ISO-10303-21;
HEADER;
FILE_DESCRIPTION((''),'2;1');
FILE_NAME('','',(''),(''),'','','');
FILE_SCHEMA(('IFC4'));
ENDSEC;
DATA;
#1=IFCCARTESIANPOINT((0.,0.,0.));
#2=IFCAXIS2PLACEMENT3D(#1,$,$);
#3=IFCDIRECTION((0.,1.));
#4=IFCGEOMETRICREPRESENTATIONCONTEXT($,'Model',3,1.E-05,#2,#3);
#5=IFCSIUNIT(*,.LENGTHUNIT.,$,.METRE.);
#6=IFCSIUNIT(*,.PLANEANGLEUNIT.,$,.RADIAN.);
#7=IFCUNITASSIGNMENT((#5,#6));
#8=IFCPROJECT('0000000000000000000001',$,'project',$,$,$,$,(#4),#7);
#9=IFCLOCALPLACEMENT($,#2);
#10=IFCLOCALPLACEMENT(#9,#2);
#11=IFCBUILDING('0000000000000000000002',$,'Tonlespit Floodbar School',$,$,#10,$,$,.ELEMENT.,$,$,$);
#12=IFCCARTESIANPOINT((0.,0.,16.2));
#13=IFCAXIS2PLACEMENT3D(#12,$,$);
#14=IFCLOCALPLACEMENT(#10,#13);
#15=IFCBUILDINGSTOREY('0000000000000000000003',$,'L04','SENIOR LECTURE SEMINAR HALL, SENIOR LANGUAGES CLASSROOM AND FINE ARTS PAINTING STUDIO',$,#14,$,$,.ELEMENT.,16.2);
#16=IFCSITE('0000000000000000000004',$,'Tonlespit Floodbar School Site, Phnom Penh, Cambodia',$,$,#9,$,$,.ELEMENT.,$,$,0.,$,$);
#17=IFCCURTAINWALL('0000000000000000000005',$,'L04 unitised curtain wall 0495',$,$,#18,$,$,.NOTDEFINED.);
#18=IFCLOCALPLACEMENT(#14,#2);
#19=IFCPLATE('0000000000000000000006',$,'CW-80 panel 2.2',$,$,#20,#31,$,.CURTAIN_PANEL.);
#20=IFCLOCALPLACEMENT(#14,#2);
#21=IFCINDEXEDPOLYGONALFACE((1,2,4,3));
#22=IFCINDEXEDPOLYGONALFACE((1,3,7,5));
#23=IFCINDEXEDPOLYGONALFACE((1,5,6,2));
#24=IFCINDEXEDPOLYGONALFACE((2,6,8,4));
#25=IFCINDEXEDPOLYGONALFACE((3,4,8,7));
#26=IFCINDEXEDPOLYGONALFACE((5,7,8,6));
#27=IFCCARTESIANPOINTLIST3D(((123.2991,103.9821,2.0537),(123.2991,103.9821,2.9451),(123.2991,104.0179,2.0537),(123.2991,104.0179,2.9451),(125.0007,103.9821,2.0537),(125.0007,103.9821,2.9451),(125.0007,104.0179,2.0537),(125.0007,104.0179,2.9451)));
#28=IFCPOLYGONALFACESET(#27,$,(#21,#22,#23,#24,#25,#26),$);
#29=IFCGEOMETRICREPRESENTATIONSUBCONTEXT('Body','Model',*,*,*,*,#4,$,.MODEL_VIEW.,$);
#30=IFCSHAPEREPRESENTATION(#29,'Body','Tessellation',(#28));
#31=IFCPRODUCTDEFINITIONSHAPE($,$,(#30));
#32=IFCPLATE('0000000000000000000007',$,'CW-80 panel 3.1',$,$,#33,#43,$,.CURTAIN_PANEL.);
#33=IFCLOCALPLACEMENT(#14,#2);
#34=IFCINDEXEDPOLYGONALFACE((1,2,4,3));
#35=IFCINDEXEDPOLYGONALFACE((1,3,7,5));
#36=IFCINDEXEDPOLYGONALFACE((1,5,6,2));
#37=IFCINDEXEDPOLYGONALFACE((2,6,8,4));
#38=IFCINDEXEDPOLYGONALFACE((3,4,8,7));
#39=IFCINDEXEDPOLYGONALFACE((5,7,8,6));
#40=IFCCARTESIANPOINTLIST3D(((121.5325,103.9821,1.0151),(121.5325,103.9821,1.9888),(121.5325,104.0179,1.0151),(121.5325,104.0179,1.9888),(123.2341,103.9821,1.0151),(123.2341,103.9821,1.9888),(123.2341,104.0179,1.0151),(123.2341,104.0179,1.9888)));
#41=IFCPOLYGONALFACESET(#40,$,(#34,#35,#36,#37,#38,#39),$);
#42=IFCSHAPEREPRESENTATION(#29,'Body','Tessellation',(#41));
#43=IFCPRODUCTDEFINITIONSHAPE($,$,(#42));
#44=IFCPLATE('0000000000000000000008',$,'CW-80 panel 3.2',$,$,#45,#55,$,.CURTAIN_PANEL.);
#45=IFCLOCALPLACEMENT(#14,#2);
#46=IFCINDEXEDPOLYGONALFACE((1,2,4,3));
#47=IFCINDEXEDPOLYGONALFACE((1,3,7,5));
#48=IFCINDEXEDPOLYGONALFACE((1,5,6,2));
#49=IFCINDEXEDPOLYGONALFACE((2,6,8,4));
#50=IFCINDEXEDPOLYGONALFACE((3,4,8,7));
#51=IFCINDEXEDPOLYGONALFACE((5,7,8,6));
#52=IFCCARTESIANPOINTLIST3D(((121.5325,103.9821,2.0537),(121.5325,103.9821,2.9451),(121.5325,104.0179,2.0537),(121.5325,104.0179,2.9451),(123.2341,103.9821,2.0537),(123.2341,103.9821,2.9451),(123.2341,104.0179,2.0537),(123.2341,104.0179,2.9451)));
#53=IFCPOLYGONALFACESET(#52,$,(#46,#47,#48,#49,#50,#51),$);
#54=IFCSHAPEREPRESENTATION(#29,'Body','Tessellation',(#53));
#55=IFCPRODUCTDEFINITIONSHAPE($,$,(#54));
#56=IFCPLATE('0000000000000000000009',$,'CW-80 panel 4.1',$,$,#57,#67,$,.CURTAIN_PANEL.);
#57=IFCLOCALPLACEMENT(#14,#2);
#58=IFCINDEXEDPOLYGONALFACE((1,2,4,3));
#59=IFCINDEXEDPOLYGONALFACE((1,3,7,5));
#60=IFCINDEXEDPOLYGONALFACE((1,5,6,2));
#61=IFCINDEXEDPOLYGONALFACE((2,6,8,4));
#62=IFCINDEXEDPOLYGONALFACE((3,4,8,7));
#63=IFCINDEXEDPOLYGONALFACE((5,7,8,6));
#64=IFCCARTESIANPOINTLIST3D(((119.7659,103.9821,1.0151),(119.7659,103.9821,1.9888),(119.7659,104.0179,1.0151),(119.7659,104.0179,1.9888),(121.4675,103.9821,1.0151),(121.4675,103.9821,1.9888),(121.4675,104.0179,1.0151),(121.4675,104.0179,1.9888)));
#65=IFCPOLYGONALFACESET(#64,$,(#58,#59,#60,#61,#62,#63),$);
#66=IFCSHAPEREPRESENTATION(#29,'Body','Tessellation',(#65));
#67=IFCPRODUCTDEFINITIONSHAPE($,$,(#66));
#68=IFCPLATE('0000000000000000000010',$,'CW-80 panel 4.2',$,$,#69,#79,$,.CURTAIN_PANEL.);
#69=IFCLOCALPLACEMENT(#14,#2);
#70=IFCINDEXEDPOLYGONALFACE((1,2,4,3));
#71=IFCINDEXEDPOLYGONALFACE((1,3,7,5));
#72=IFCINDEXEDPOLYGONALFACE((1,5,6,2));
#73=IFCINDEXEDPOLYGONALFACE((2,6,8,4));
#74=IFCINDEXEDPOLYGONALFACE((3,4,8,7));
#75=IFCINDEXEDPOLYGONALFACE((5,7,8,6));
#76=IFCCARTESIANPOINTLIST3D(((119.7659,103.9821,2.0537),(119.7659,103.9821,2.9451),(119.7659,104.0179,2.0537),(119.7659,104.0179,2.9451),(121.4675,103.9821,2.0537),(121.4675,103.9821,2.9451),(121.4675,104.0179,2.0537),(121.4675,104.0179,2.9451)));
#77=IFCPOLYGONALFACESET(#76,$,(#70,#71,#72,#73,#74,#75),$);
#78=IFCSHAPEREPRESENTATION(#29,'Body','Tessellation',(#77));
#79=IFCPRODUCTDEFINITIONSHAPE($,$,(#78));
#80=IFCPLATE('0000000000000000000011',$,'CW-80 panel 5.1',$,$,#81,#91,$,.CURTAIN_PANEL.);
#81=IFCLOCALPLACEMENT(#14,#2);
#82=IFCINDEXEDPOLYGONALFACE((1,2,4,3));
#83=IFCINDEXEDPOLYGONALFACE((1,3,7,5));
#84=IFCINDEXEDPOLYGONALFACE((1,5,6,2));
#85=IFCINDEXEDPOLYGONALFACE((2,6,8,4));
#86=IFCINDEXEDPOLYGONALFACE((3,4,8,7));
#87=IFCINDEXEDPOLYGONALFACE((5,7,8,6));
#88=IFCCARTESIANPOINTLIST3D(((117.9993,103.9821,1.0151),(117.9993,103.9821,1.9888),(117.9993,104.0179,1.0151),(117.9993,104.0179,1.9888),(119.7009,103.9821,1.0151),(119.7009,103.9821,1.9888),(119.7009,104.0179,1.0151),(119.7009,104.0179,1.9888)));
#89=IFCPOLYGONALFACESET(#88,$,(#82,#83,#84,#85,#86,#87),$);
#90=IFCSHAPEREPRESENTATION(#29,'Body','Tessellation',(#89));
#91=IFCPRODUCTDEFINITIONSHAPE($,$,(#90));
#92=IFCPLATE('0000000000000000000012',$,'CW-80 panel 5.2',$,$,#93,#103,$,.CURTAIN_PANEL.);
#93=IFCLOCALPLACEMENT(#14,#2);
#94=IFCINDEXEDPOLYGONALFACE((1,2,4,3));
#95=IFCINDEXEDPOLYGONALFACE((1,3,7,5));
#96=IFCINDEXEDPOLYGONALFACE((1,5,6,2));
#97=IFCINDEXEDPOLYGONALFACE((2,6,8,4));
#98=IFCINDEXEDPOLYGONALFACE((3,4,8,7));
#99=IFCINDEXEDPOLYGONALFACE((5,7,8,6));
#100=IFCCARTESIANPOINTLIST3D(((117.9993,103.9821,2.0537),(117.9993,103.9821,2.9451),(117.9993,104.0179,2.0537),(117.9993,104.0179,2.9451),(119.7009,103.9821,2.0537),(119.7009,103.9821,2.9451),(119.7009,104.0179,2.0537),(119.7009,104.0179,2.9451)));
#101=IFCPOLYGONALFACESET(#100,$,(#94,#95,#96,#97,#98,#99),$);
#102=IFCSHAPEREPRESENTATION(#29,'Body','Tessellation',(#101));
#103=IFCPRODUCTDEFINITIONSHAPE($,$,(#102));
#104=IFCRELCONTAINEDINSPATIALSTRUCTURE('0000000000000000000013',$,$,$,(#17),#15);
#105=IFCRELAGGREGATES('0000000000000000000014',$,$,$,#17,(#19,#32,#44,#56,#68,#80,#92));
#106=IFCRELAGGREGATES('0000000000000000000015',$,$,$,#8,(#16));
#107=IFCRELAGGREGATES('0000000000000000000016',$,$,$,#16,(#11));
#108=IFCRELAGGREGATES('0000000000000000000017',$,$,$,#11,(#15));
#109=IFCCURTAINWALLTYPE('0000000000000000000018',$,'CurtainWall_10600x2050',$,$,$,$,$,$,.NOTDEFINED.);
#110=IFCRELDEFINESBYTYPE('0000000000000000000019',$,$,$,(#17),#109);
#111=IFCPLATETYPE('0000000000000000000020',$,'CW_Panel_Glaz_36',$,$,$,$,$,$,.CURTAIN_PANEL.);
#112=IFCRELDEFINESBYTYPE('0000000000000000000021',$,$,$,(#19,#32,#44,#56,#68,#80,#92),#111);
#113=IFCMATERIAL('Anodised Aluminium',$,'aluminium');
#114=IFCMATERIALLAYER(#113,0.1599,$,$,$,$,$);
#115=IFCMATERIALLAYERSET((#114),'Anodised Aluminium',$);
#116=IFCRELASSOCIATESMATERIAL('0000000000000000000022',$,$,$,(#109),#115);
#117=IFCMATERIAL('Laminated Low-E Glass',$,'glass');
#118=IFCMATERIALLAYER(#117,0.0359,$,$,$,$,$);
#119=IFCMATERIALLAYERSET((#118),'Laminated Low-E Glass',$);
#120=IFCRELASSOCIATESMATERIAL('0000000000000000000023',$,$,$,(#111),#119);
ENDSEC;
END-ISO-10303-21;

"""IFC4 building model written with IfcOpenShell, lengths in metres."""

from ifc_helpers import new_model, si_unit, direction, frame, origin, origin_2d, place, context, subcontext, project, spatial, rectangle, extrude, material, layer, layer_set, type_object, element, aggregate, save


model = new_model("IFC4")

# Units and contexts
model_context = context("Model", 3, precision=1e-05, world=origin(), true_north=direction((0.0, 1.0)))
body_context = subcontext(model_context, "Body", "Model", "MODEL_VIEW")
ifc_project = project(units=[si_unit("LENGTHUNIT", "METRE"), si_unit("PLANEANGLEUNIT", "RADIAN")], contexts=[model_context])

# Site, building, storey
site_placement = place(None, origin())
site = spatial("IfcSite", under=ifc_project, at=site_placement, Name="Tonlespit Floodbar School Site, Phnom Penh, Cambodia", CompositionType="ELEMENT", RefElevation=0.0)
building_placement = place(site_placement, origin())
building = spatial("IfcBuilding", under=site, at=building_placement, Name="Tonlespit Floodbar School", CompositionType="ELEMENT")
storey_placement = place(building_placement, frame((0.0, 0.0, 16.2)))
storey = spatial("IfcBuildingStorey", under=building, at=storey_placement, Name="L04", Description="SENIOR LECTURE SEMINAR HALL, SENIOR LANGUAGES CLASSROOM AND FINE ARTS PAINTING STUDIO", CompositionType="ELEMENT", Elevation=16.2)

# Curtain wall, plates
ifc_material_1 = material(Name="Anodised Aluminium", Category="aluminium")
ifc_layer_1 = layer(ifc_material_1, 0.1599)
ifc_layer_set_1 = layer_set([ifc_layer_1], Name="Anodised Aluminium")
curtain_wall_type = type_object("IfcCurtainWallType", Name="CurtainWall_10600x2050", PredefinedType="NOTDEFINED", material=ifc_layer_set_1)
curtain_wall_placement = place(storey_placement, origin())
curtain_wall = element("IfcCurtainWall", 1, at=curtain_wall_placement, inside=storey, type_object=curtain_wall_type, Name="L04 unitised curtain wall 0495", PredefinedType="NOTDEFINED")
ifc_material_2 = material(Name="Laminated Low-E Glass", Category="glass")
ifc_layer_2 = layer(ifc_material_2, 0.0359)
ifc_layer_set_2 = layer_set([ifc_layer_2], Name="Laminated Low-E Glass")
plate_type = type_object("IfcPlateType", Name="CW_Panel_Glaz_36", PredefinedType="CURTAIN_PANEL", material=ifc_layer_set_2)
plate_1_placement = place(storey_placement, frame((124.1499, 104.0, 2.0537), z_axis=(0.0, 0.0, 1.0), x_axis=(-1.0, 0.0, 0.0)))
plate_1 = element("IfcPlate", 2, at=plate_1_placement, type_object=plate_type, Name="CW-80 panel 2.2", PredefinedType="CURTAIN_PANEL", context=body_context, shape_type="SweptSolid", body=[
    extrude(rectangle(XDim=1.7017, YDim=0.0359, at=origin_2d()), origin(), (0.0, 0.0, 1.0), 0.8914),
])
plate_2_placement = place(storey_placement, frame((122.3833, 104.0, 1.0151), z_axis=(0.0, 0.0, 1.0), x_axis=(-1.0, 0.0, 0.0)))
plate_2 = element("IfcPlate", 3, at=plate_2_placement, type_object=plate_type, Name="CW-80 panel 3.1", PredefinedType="CURTAIN_PANEL", context=body_context, shape_type="SweptSolid", body=[
    extrude(rectangle(XDim=1.7017, YDim=0.0359, at=origin_2d()), origin(), (0.0, 0.0, 1.0), 0.9736),
])
plate_3_placement = place(storey_placement, frame((122.3833, 104.0, 2.0537), z_axis=(0.0, 0.0, 1.0), x_axis=(-1.0, 0.0, 0.0)))
plate_3 = element("IfcPlate", 4, at=plate_3_placement, type_object=plate_type, Name="CW-80 panel 3.2", PredefinedType="CURTAIN_PANEL", context=body_context, shape_type="SweptSolid", body=[
    extrude(rectangle(XDim=1.7017, YDim=0.0359, at=origin_2d()), origin(), (0.0, 0.0, 1.0), 0.8914),
])
plate_4_placement = place(storey_placement, frame((120.6167, 104.0, 1.0151), z_axis=(0.0, 0.0, 1.0), x_axis=(-1.0, 0.0, 0.0)))
plate_4 = element("IfcPlate", 5, at=plate_4_placement, type_object=plate_type, Name="CW-80 panel 4.1", PredefinedType="CURTAIN_PANEL", context=body_context, shape_type="SweptSolid", body=[
    extrude(rectangle(XDim=1.7017, YDim=0.0359, at=origin_2d()), origin(), (0.0, 0.0, 1.0), 0.9736),
])
plate_5_placement = place(storey_placement, frame((120.6167, 104.0, 2.0537), z_axis=(0.0, 0.0, 1.0), x_axis=(-1.0, 0.0, 0.0)))
plate_5 = element("IfcPlate", 6, at=plate_5_placement, type_object=plate_type, Name="CW-80 panel 4.2", PredefinedType="CURTAIN_PANEL", context=body_context, shape_type="SweptSolid", body=[
    extrude(rectangle(XDim=1.7017, YDim=0.0359, at=origin_2d()), origin(), (0.0, 0.0, 1.0), 0.8914),
])
plate_6_placement = place(storey_placement, frame((118.8501, 104.0, 1.0151), z_axis=(0.0, 0.0, 1.0), x_axis=(-1.0, 0.0, 0.0)))
plate_6 = element("IfcPlate", 7, at=plate_6_placement, type_object=plate_type, Name="CW-80 panel 5.1", PredefinedType="CURTAIN_PANEL", context=body_context, shape_type="SweptSolid", body=[
    extrude(rectangle(XDim=1.7017, YDim=0.0359, at=origin_2d()), origin(), (0.0, 0.0, 1.0), 0.9736),
])
plate_7_placement = place(storey_placement, frame((118.8501, 104.0, 2.0537), z_axis=(0.0, 0.0, 1.0), x_axis=(-1.0, 0.0, 0.0)))
plate_7 = element("IfcPlate", 8, at=plate_7_placement, type_object=plate_type, Name="CW-80 panel 5.2", PredefinedType="CURTAIN_PANEL", context=body_context, shape_type="SweptSolid", body=[
    extrude(rectangle(XDim=1.7017, YDim=0.0359, at=origin_2d()), origin(), (0.0, 0.0, 1.0), 0.8914),
])
aggregate(curtain_wall, [plate_1, plate_2, plate_3, plate_4, plate_5, plate_6, plate_7])

save(model, "model.ifc")
